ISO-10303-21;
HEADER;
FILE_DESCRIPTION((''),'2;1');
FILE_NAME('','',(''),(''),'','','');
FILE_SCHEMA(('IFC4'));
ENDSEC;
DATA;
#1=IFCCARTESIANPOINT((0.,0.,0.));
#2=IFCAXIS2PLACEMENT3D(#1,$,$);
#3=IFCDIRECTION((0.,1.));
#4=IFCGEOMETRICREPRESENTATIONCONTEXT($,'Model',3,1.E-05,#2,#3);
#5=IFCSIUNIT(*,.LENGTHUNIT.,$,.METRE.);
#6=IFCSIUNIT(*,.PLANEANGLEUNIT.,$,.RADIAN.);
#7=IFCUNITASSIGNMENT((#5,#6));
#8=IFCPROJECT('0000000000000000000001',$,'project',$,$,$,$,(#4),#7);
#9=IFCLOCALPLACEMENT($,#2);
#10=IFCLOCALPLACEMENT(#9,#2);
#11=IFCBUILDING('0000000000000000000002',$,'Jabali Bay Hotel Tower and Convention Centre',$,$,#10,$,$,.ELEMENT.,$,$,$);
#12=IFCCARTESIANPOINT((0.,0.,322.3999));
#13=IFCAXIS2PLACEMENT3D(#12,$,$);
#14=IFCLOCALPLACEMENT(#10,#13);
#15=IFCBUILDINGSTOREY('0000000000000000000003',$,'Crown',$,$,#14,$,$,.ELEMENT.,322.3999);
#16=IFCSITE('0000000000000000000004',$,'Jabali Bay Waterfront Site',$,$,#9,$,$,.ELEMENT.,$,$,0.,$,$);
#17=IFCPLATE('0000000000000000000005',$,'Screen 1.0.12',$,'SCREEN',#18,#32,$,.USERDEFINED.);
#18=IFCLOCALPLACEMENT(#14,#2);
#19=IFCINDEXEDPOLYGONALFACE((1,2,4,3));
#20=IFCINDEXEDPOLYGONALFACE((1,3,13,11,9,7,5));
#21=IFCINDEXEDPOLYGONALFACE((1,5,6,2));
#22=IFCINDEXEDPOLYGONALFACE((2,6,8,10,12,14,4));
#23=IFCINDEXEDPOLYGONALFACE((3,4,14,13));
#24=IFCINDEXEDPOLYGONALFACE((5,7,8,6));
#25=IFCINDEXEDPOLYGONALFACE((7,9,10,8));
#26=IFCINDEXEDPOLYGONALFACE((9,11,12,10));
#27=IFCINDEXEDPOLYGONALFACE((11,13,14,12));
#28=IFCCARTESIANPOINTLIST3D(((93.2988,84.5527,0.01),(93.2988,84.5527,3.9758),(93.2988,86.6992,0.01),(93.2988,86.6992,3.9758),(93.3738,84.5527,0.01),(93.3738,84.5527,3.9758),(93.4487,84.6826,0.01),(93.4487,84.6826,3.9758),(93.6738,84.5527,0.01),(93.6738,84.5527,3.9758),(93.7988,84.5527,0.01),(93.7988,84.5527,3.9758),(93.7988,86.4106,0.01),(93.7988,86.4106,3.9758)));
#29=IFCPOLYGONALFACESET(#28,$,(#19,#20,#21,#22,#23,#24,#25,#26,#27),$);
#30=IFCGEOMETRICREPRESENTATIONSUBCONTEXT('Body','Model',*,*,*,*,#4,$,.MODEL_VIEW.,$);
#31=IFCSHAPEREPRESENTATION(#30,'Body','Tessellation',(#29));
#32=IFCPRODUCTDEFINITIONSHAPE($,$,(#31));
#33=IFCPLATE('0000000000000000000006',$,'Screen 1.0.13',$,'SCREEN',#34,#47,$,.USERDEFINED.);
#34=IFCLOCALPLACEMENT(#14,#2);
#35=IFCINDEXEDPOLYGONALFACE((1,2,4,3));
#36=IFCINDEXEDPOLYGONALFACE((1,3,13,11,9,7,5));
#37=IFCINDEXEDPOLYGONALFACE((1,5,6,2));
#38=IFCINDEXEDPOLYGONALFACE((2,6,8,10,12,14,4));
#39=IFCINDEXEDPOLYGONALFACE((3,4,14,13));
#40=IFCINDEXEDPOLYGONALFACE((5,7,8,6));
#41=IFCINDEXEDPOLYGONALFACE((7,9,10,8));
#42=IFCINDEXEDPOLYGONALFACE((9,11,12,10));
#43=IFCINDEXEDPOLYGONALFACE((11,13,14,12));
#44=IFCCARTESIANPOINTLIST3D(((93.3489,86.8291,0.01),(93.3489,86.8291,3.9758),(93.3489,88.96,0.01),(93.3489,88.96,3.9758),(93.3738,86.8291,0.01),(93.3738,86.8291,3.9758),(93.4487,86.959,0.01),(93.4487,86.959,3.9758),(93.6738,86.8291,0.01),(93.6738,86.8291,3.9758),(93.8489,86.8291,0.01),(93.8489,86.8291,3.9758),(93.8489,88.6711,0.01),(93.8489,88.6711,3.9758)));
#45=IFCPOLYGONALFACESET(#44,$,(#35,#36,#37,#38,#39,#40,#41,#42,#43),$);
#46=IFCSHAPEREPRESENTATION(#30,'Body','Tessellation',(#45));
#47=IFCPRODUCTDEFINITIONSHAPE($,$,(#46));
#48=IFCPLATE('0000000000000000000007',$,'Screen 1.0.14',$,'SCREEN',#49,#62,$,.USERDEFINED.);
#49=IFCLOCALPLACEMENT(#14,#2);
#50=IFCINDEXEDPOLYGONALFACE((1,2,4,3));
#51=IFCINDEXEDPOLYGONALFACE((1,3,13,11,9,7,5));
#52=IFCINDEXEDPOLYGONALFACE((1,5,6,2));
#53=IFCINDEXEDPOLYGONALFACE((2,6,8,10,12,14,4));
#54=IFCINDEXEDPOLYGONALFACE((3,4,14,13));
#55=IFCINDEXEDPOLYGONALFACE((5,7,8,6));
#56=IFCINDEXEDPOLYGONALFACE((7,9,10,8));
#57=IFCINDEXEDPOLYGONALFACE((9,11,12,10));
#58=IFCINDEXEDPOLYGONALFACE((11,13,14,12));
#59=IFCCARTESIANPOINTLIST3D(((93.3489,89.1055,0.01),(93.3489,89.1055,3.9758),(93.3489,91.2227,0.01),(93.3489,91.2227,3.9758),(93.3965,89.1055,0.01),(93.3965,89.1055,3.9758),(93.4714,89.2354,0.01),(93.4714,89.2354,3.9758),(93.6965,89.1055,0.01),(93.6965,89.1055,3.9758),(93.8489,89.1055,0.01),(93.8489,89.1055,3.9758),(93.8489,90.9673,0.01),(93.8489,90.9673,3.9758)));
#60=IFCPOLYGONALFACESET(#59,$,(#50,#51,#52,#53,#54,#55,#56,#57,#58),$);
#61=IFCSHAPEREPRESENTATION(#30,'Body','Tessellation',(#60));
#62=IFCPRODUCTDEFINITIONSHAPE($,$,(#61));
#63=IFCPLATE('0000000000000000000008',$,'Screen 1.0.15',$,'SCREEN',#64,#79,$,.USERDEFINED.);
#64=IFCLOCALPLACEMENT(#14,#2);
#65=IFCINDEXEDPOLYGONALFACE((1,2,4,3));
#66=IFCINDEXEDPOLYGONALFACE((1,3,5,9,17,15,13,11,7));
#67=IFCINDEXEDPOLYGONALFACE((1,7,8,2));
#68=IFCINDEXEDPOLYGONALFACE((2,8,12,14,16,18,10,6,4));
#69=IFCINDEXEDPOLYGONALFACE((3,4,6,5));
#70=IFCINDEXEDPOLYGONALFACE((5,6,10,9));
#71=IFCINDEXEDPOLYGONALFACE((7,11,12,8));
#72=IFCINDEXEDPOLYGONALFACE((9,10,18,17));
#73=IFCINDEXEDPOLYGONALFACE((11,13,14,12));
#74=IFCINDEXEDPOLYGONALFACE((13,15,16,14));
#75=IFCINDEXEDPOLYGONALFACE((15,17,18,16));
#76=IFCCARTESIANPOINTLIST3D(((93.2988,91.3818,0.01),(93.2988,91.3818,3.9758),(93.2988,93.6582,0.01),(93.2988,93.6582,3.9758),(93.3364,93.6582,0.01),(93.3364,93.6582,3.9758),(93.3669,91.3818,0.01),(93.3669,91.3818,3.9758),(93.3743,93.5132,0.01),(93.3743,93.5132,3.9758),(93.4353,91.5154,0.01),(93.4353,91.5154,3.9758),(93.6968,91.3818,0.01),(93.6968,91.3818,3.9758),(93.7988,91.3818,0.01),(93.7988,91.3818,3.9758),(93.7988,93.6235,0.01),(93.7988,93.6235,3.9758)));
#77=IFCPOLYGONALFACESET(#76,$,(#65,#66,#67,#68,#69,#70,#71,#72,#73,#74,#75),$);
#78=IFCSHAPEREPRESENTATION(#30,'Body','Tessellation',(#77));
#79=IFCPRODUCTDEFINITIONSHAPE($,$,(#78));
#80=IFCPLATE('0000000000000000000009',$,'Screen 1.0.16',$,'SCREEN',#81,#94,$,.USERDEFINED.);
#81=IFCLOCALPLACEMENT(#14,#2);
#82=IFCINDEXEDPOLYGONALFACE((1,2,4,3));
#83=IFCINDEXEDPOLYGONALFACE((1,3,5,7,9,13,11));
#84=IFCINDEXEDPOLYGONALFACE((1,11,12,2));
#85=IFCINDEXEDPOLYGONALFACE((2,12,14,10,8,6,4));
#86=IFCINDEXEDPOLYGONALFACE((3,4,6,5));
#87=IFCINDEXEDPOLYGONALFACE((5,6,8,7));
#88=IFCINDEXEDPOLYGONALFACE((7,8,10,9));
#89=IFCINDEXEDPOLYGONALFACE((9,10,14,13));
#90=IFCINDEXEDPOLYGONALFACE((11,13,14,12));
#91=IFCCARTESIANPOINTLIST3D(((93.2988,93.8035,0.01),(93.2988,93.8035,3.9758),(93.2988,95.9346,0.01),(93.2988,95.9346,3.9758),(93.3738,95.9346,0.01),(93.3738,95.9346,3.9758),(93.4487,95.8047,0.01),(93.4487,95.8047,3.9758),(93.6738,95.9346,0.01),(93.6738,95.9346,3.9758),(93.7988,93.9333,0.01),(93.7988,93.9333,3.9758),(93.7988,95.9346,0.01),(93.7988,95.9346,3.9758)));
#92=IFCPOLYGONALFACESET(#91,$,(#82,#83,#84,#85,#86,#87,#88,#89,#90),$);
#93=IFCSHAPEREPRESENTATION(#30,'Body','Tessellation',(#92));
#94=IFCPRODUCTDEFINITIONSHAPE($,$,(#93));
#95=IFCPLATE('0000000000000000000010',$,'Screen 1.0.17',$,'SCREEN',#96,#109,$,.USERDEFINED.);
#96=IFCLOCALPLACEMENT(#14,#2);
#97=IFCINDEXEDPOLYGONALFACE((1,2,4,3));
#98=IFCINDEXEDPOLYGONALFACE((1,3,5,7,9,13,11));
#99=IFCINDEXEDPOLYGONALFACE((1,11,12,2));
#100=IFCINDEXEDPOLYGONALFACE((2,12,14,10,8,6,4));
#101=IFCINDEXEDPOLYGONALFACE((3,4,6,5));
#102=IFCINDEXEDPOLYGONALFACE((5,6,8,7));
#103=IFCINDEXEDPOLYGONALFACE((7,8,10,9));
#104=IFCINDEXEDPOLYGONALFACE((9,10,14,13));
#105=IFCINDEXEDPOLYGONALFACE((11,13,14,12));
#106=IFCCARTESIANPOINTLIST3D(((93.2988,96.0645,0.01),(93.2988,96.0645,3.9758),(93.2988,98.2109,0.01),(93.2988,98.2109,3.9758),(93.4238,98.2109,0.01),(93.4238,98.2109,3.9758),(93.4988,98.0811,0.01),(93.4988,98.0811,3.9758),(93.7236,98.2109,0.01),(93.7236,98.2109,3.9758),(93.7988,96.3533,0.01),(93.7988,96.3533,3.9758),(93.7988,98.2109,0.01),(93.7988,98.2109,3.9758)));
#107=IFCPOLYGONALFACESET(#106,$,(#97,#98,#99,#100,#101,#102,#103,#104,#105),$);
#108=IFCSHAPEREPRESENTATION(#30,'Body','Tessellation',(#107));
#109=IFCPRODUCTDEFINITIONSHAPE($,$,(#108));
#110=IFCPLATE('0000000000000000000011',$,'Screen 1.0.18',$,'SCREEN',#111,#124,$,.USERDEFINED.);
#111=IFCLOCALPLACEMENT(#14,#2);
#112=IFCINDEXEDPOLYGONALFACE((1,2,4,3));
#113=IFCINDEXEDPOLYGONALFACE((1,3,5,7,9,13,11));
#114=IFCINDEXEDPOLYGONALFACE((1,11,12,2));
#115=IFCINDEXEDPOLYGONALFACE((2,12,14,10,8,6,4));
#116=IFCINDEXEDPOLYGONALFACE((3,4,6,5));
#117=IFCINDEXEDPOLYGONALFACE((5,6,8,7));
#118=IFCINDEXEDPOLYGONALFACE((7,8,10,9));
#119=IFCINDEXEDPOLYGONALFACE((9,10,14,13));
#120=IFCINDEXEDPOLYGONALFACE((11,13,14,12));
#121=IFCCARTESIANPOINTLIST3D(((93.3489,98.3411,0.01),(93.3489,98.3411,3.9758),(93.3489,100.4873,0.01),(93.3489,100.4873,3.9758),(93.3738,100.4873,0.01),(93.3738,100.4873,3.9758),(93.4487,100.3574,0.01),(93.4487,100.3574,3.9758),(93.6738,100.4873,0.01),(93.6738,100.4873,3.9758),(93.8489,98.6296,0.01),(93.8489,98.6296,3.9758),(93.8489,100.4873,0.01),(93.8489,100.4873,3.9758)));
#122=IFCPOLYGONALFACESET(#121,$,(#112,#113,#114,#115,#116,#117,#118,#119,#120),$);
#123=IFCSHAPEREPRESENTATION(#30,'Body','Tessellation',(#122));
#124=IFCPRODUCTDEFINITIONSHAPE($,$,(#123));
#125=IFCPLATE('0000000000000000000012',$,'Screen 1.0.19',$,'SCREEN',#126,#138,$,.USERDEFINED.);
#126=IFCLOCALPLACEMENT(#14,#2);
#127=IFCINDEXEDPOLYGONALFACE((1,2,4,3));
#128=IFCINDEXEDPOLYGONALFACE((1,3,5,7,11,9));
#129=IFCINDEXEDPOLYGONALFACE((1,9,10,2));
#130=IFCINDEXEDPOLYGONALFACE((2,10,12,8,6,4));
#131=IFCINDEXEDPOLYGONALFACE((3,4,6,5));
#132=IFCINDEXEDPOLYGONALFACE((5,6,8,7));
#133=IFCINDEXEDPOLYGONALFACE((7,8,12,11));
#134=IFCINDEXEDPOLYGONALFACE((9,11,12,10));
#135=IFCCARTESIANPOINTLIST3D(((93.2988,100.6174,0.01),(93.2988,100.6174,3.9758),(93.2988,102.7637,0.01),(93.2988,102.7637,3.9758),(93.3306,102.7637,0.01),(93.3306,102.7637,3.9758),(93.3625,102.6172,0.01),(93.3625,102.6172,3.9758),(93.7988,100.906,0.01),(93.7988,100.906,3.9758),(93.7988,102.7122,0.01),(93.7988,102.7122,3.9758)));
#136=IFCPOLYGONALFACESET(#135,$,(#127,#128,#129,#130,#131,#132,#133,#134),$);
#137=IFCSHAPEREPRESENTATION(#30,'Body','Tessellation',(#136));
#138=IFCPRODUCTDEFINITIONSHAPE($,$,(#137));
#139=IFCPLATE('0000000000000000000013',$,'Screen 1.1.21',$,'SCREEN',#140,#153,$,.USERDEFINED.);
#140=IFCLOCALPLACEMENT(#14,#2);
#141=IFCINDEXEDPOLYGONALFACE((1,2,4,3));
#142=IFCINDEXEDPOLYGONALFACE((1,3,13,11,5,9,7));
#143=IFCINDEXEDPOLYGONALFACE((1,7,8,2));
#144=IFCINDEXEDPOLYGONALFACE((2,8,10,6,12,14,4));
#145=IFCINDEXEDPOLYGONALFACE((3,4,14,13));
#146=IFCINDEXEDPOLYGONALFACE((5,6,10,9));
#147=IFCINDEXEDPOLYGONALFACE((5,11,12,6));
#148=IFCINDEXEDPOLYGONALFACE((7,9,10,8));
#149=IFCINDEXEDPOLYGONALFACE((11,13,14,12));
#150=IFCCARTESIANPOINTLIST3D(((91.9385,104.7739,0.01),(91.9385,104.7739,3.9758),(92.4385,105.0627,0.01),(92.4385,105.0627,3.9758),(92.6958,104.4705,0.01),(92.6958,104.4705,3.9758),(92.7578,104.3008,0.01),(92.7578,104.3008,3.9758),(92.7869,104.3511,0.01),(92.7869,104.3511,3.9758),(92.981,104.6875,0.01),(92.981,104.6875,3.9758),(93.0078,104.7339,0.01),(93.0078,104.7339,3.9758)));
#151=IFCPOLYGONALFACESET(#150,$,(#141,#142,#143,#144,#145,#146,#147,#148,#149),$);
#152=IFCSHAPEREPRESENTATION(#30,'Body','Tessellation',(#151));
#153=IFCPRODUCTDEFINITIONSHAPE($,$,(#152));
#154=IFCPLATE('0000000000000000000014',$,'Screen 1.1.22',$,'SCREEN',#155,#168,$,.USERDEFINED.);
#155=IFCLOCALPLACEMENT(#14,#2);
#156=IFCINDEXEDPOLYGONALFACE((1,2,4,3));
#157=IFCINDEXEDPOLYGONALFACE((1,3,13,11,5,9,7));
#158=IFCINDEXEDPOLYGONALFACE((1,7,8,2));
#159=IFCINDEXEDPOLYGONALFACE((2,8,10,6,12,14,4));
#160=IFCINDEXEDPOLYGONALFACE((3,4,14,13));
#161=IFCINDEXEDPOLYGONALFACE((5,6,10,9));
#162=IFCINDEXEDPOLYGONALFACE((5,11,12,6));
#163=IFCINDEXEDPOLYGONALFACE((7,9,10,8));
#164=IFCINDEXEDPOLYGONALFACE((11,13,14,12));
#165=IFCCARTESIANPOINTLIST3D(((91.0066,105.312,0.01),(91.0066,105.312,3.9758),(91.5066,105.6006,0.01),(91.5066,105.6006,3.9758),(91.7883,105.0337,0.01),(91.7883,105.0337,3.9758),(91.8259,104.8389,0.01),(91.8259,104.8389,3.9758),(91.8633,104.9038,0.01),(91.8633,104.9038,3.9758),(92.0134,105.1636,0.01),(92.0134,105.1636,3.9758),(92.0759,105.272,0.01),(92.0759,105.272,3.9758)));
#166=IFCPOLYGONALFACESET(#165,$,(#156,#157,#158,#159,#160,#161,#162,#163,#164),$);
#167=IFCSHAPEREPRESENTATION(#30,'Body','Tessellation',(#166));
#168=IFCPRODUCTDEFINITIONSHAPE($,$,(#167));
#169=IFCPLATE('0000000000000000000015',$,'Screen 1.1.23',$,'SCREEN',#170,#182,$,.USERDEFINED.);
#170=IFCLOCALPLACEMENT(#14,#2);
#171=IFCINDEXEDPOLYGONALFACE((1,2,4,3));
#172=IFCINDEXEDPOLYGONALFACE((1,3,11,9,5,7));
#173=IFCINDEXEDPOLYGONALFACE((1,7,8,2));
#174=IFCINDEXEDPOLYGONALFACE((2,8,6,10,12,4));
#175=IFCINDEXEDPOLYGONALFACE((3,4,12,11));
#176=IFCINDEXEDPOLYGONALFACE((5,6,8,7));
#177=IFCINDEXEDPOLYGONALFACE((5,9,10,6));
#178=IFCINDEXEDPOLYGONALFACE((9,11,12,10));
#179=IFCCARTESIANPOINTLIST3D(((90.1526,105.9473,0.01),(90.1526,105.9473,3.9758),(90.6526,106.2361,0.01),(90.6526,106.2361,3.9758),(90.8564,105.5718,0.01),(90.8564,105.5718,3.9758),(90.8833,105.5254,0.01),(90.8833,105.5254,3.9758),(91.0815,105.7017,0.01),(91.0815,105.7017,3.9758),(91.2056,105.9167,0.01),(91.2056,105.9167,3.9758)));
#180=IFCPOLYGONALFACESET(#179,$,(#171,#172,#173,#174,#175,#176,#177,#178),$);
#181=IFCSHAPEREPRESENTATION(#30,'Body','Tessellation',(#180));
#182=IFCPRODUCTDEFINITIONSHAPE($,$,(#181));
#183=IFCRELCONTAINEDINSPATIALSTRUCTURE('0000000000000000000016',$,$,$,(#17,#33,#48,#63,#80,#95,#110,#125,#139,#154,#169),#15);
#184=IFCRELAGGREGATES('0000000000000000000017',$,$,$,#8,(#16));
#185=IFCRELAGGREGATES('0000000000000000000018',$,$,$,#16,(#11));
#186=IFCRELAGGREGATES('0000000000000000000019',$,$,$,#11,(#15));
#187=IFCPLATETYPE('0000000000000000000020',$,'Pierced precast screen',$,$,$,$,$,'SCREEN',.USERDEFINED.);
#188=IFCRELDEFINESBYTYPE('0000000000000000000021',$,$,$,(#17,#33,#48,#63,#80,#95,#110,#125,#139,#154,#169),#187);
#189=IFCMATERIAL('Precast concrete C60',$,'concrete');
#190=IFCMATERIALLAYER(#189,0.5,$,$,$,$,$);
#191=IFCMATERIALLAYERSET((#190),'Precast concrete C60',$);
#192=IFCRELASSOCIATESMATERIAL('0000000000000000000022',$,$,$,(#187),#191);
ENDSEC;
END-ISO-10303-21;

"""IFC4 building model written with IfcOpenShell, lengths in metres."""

from ifc_helpers import new_model, si_unit, direction, frame, origin, place, context, subcontext, project, spatial, polyline, outline, extrude, material, layer, layer_set, type_object, element, save


model = new_model("IFC4")

# Units and contexts
model_context = context("Model", 3, precision=1e-05, world=origin(), true_north=direction((0.0, 1.0)))
body_context = subcontext(model_context, "Body", "Model", "MODEL_VIEW")
ifc_project = project(units=[si_unit("LENGTHUNIT", "METRE"), si_unit("PLANEANGLEUNIT", "RADIAN")], contexts=[model_context])

# Site, building, storey
site_placement = place(None, origin())
site = spatial("IfcSite", under=ifc_project, at=site_placement, Name="Jabali Bay Waterfront Site", CompositionType="ELEMENT", RefElevation=0.0)
building_placement = place(site_placement, origin())
building = spatial("IfcBuilding", under=site, at=building_placement, Name="Jabali Bay Hotel Tower and Convention Centre", CompositionType="ELEMENT")
storey_placement = place(building_placement, frame((0.0, 0.0, 322.3999)))
storey = spatial("IfcBuildingStorey", under=building, at=storey_placement, Name="Crown", CompositionType="ELEMENT", Elevation=322.3999)

# Plates
ifc_material = material(Name="Precast concrete C60", Category="concrete")
ifc_layer = layer(ifc_material, 0.5)
ifc_layer_set = layer_set([ifc_layer], Name="Precast concrete C60")
plate_type = type_object("IfcPlateType", Name="Pierced precast screen", ElementType="SCREEN", PredefinedType="USERDEFINED", material=ifc_layer_set)
plate_1_placement = place(storey_placement, frame((0.0, 0.0, 0.01)))
element("IfcPlate", 1, at=plate_1_placement, inside=storey, type_object=plate_type, Name="Screen 1.0.12", ObjectType="SCREEN", PredefinedType="USERDEFINED", context=body_context, shape_type="SweptSolid", body=[
    extrude(outline(polyline([(93.2988, 86.6992), (93.2988, 84.5527), (93.3738, 84.5527), (93.4487, 84.6826), (93.6738, 84.5527), (93.7988, 84.5527), (93.7988, 86.4106), (93.2988, 86.6992)])), origin(), (0.0, 0.0, 1.0), 3.9658),
])
plate_2_placement = place(storey_placement, frame((0.0, 0.0, 0.01)))
element("IfcPlate", 2, at=plate_2_placement, inside=storey, type_object=plate_type, Name="Screen 1.0.13", ObjectType="SCREEN", PredefinedType="USERDEFINED", context=body_context, shape_type="SweptSolid", body=[
    extrude(outline(polyline([(93.3489, 88.96), (93.3489, 86.8291), (93.3738, 86.8291), (93.4487, 86.959), (93.6738, 86.8291), (93.8489, 86.8291), (93.8489, 88.6711), (93.3489, 88.96)])), origin(), (0.0, 0.0, 1.0), 3.9658),
])
plate_3_placement = place(storey_placement, frame((0.0, 0.0, 0.01)))
element("IfcPlate", 3, at=plate_3_placement, inside=storey, type_object=plate_type, Name="Screen 1.0.14", ObjectType="SCREEN", PredefinedType="USERDEFINED", context=body_context, shape_type="SweptSolid", body=[
    extrude(outline(polyline([(93.3489, 91.2227), (93.3489, 89.1055), (93.3965, 89.1055), (93.4714, 89.2354), (93.6965, 89.1055), (93.8489, 89.1055), (93.8489, 90.9673), (93.3489, 91.2227)])), origin(), (0.0, 0.0, 1.0), 3.9658),
])
plate_4_placement = place(storey_placement, frame((0.0, 0.0, 0.01)))
element("IfcPlate", 4, at=plate_4_placement, inside=storey, type_object=plate_type, Name="Screen 1.0.15", ObjectType="SCREEN", PredefinedType="USERDEFINED", context=body_context, shape_type="SweptSolid", body=[
    extrude(outline(polyline([(93.2988, 93.6582), (93.2988, 91.3818), (93.3669, 91.3818), (93.4353, 91.5154), (93.6968, 91.3818), (93.7988, 91.3818), (93.7988, 93.6235), (93.3743, 93.5132), (93.3364, 93.6582), (93.2988, 93.6582)])), origin(), (0.0, 0.0, 1.0), 3.9658),
])
plate_5_placement = place(storey_placement, frame((0.0, 0.0, 0.01)))
element("IfcPlate", 5, at=plate_5_placement, inside=storey, type_object=plate_type, Name="Screen 1.0.16", ObjectType="SCREEN", PredefinedType="USERDEFINED", context=body_context, shape_type="SweptSolid", body=[
    extrude(outline(polyline([(93.2988, 95.9346), (93.2988, 93.8035), (93.7988, 93.9333), (93.7988, 95.9346), (93.6738, 95.9346), (93.4487, 95.8047), (93.3738, 95.9346), (93.2988, 95.9346)])), origin(), (0.0, 0.0, 1.0), 3.9658),
])
plate_6_placement = place(storey_placement, frame((0.0, 0.0, 0.01)))
element("IfcPlate", 6, at=plate_6_placement, inside=storey, type_object=plate_type, Name="Screen 1.0.17", ObjectType="SCREEN", PredefinedType="USERDEFINED", context=body_context, shape_type="SweptSolid", body=[
    extrude(outline(polyline([(93.2988, 98.2109), (93.2988, 96.0645), (93.7988, 96.3533), (93.7988, 98.2109), (93.7236, 98.2109), (93.4988, 98.0811), (93.4238, 98.2109), (93.2988, 98.2109)])), origin(), (0.0, 0.0, 1.0), 3.9658),
])
plate_7_placement = place(storey_placement, frame((0.0, 0.0, 0.01)))
element("IfcPlate", 7, at=plate_7_placement, inside=storey, type_object=plate_type, Name="Screen 1.0.18", ObjectType="SCREEN", PredefinedType="USERDEFINED", context=body_context, shape_type="SweptSolid", body=[
    extrude(outline(polyline([(93.3489, 100.4873), (93.3489, 98.3411), (93.8489, 98.6296), (93.8489, 100.4873), (93.6738, 100.4873), (93.4487, 100.3574), (93.3738, 100.4873), (93.3489, 100.4873)])), origin(), (0.0, 0.0, 1.0), 3.9658),
])
plate_8_placement = place(storey_placement, frame((0.0, 0.0, 0.01)))
element("IfcPlate", 8, at=plate_8_placement, inside=storey, type_object=plate_type, Name="Screen 1.0.19", ObjectType="SCREEN", PredefinedType="USERDEFINED", context=body_context, shape_type="SweptSolid", body=[
    extrude(outline(polyline([(93.2988, 102.7637), (93.2988, 100.6174), (93.7988, 100.906), (93.7988, 102.7122), (93.3625, 102.6172), (93.3306, 102.7637), (93.2988, 102.7637)])), origin(), (0.0, 0.0, 1.0), 3.9658),
])
plate_9_placement = place(storey_placement, frame((0.0, 0.0, 0.01)))
element("IfcPlate", 9, at=plate_9_placement, inside=storey, type_object=plate_type, Name="Screen 1.1.21", ObjectType="SCREEN", PredefinedType="USERDEFINED", context=body_context, shape_type="SweptSolid", body=[
    extrude(outline(polyline([(91.9385, 104.7739), (92.7578, 104.3008), (92.7869, 104.3511), (92.6958, 104.4705), (92.981, 104.6875), (93.0078, 104.7339), (92.4385, 105.0627), (91.9385, 104.7739)])), origin(), (0.0, 0.0, 1.0), 3.9658),
])
plate_10_placement = place(storey_placement, frame((0.0, 0.0, 0.01)))
element("IfcPlate", 10, at=plate_10_placement, inside=storey, type_object=plate_type, Name="Screen 1.1.22", ObjectType="SCREEN", PredefinedType="USERDEFINED", context=body_context, shape_type="SweptSolid", body=[
    extrude(outline(polyline([(91.0066, 105.312), (91.8259, 104.8389), (91.8633, 104.9038), (91.7883, 105.0337), (92.0134, 105.1636), (92.0759, 105.272), (91.5066, 105.6006), (91.0066, 105.312)])), origin(), (0.0, 0.0, 1.0), 3.9658),
])
plate_11_placement = place(storey_placement, frame((0.0, 0.0, 0.01)))
element("IfcPlate", 11, at=plate_11_placement, inside=storey, type_object=plate_type, Name="Screen 1.1.23", ObjectType="SCREEN", PredefinedType="USERDEFINED", context=body_context, shape_type="SweptSolid", body=[
    extrude(outline(polyline([(90.1526, 105.9473), (90.8833, 105.5254), (90.8564, 105.5718), (91.0815, 105.7017), (91.2056, 105.9167), (90.6526, 106.2361), (90.1526, 105.9473)])), origin(), (0.0, 0.0, 1.0), 3.9658),
])

save(model, "model.ifc")
